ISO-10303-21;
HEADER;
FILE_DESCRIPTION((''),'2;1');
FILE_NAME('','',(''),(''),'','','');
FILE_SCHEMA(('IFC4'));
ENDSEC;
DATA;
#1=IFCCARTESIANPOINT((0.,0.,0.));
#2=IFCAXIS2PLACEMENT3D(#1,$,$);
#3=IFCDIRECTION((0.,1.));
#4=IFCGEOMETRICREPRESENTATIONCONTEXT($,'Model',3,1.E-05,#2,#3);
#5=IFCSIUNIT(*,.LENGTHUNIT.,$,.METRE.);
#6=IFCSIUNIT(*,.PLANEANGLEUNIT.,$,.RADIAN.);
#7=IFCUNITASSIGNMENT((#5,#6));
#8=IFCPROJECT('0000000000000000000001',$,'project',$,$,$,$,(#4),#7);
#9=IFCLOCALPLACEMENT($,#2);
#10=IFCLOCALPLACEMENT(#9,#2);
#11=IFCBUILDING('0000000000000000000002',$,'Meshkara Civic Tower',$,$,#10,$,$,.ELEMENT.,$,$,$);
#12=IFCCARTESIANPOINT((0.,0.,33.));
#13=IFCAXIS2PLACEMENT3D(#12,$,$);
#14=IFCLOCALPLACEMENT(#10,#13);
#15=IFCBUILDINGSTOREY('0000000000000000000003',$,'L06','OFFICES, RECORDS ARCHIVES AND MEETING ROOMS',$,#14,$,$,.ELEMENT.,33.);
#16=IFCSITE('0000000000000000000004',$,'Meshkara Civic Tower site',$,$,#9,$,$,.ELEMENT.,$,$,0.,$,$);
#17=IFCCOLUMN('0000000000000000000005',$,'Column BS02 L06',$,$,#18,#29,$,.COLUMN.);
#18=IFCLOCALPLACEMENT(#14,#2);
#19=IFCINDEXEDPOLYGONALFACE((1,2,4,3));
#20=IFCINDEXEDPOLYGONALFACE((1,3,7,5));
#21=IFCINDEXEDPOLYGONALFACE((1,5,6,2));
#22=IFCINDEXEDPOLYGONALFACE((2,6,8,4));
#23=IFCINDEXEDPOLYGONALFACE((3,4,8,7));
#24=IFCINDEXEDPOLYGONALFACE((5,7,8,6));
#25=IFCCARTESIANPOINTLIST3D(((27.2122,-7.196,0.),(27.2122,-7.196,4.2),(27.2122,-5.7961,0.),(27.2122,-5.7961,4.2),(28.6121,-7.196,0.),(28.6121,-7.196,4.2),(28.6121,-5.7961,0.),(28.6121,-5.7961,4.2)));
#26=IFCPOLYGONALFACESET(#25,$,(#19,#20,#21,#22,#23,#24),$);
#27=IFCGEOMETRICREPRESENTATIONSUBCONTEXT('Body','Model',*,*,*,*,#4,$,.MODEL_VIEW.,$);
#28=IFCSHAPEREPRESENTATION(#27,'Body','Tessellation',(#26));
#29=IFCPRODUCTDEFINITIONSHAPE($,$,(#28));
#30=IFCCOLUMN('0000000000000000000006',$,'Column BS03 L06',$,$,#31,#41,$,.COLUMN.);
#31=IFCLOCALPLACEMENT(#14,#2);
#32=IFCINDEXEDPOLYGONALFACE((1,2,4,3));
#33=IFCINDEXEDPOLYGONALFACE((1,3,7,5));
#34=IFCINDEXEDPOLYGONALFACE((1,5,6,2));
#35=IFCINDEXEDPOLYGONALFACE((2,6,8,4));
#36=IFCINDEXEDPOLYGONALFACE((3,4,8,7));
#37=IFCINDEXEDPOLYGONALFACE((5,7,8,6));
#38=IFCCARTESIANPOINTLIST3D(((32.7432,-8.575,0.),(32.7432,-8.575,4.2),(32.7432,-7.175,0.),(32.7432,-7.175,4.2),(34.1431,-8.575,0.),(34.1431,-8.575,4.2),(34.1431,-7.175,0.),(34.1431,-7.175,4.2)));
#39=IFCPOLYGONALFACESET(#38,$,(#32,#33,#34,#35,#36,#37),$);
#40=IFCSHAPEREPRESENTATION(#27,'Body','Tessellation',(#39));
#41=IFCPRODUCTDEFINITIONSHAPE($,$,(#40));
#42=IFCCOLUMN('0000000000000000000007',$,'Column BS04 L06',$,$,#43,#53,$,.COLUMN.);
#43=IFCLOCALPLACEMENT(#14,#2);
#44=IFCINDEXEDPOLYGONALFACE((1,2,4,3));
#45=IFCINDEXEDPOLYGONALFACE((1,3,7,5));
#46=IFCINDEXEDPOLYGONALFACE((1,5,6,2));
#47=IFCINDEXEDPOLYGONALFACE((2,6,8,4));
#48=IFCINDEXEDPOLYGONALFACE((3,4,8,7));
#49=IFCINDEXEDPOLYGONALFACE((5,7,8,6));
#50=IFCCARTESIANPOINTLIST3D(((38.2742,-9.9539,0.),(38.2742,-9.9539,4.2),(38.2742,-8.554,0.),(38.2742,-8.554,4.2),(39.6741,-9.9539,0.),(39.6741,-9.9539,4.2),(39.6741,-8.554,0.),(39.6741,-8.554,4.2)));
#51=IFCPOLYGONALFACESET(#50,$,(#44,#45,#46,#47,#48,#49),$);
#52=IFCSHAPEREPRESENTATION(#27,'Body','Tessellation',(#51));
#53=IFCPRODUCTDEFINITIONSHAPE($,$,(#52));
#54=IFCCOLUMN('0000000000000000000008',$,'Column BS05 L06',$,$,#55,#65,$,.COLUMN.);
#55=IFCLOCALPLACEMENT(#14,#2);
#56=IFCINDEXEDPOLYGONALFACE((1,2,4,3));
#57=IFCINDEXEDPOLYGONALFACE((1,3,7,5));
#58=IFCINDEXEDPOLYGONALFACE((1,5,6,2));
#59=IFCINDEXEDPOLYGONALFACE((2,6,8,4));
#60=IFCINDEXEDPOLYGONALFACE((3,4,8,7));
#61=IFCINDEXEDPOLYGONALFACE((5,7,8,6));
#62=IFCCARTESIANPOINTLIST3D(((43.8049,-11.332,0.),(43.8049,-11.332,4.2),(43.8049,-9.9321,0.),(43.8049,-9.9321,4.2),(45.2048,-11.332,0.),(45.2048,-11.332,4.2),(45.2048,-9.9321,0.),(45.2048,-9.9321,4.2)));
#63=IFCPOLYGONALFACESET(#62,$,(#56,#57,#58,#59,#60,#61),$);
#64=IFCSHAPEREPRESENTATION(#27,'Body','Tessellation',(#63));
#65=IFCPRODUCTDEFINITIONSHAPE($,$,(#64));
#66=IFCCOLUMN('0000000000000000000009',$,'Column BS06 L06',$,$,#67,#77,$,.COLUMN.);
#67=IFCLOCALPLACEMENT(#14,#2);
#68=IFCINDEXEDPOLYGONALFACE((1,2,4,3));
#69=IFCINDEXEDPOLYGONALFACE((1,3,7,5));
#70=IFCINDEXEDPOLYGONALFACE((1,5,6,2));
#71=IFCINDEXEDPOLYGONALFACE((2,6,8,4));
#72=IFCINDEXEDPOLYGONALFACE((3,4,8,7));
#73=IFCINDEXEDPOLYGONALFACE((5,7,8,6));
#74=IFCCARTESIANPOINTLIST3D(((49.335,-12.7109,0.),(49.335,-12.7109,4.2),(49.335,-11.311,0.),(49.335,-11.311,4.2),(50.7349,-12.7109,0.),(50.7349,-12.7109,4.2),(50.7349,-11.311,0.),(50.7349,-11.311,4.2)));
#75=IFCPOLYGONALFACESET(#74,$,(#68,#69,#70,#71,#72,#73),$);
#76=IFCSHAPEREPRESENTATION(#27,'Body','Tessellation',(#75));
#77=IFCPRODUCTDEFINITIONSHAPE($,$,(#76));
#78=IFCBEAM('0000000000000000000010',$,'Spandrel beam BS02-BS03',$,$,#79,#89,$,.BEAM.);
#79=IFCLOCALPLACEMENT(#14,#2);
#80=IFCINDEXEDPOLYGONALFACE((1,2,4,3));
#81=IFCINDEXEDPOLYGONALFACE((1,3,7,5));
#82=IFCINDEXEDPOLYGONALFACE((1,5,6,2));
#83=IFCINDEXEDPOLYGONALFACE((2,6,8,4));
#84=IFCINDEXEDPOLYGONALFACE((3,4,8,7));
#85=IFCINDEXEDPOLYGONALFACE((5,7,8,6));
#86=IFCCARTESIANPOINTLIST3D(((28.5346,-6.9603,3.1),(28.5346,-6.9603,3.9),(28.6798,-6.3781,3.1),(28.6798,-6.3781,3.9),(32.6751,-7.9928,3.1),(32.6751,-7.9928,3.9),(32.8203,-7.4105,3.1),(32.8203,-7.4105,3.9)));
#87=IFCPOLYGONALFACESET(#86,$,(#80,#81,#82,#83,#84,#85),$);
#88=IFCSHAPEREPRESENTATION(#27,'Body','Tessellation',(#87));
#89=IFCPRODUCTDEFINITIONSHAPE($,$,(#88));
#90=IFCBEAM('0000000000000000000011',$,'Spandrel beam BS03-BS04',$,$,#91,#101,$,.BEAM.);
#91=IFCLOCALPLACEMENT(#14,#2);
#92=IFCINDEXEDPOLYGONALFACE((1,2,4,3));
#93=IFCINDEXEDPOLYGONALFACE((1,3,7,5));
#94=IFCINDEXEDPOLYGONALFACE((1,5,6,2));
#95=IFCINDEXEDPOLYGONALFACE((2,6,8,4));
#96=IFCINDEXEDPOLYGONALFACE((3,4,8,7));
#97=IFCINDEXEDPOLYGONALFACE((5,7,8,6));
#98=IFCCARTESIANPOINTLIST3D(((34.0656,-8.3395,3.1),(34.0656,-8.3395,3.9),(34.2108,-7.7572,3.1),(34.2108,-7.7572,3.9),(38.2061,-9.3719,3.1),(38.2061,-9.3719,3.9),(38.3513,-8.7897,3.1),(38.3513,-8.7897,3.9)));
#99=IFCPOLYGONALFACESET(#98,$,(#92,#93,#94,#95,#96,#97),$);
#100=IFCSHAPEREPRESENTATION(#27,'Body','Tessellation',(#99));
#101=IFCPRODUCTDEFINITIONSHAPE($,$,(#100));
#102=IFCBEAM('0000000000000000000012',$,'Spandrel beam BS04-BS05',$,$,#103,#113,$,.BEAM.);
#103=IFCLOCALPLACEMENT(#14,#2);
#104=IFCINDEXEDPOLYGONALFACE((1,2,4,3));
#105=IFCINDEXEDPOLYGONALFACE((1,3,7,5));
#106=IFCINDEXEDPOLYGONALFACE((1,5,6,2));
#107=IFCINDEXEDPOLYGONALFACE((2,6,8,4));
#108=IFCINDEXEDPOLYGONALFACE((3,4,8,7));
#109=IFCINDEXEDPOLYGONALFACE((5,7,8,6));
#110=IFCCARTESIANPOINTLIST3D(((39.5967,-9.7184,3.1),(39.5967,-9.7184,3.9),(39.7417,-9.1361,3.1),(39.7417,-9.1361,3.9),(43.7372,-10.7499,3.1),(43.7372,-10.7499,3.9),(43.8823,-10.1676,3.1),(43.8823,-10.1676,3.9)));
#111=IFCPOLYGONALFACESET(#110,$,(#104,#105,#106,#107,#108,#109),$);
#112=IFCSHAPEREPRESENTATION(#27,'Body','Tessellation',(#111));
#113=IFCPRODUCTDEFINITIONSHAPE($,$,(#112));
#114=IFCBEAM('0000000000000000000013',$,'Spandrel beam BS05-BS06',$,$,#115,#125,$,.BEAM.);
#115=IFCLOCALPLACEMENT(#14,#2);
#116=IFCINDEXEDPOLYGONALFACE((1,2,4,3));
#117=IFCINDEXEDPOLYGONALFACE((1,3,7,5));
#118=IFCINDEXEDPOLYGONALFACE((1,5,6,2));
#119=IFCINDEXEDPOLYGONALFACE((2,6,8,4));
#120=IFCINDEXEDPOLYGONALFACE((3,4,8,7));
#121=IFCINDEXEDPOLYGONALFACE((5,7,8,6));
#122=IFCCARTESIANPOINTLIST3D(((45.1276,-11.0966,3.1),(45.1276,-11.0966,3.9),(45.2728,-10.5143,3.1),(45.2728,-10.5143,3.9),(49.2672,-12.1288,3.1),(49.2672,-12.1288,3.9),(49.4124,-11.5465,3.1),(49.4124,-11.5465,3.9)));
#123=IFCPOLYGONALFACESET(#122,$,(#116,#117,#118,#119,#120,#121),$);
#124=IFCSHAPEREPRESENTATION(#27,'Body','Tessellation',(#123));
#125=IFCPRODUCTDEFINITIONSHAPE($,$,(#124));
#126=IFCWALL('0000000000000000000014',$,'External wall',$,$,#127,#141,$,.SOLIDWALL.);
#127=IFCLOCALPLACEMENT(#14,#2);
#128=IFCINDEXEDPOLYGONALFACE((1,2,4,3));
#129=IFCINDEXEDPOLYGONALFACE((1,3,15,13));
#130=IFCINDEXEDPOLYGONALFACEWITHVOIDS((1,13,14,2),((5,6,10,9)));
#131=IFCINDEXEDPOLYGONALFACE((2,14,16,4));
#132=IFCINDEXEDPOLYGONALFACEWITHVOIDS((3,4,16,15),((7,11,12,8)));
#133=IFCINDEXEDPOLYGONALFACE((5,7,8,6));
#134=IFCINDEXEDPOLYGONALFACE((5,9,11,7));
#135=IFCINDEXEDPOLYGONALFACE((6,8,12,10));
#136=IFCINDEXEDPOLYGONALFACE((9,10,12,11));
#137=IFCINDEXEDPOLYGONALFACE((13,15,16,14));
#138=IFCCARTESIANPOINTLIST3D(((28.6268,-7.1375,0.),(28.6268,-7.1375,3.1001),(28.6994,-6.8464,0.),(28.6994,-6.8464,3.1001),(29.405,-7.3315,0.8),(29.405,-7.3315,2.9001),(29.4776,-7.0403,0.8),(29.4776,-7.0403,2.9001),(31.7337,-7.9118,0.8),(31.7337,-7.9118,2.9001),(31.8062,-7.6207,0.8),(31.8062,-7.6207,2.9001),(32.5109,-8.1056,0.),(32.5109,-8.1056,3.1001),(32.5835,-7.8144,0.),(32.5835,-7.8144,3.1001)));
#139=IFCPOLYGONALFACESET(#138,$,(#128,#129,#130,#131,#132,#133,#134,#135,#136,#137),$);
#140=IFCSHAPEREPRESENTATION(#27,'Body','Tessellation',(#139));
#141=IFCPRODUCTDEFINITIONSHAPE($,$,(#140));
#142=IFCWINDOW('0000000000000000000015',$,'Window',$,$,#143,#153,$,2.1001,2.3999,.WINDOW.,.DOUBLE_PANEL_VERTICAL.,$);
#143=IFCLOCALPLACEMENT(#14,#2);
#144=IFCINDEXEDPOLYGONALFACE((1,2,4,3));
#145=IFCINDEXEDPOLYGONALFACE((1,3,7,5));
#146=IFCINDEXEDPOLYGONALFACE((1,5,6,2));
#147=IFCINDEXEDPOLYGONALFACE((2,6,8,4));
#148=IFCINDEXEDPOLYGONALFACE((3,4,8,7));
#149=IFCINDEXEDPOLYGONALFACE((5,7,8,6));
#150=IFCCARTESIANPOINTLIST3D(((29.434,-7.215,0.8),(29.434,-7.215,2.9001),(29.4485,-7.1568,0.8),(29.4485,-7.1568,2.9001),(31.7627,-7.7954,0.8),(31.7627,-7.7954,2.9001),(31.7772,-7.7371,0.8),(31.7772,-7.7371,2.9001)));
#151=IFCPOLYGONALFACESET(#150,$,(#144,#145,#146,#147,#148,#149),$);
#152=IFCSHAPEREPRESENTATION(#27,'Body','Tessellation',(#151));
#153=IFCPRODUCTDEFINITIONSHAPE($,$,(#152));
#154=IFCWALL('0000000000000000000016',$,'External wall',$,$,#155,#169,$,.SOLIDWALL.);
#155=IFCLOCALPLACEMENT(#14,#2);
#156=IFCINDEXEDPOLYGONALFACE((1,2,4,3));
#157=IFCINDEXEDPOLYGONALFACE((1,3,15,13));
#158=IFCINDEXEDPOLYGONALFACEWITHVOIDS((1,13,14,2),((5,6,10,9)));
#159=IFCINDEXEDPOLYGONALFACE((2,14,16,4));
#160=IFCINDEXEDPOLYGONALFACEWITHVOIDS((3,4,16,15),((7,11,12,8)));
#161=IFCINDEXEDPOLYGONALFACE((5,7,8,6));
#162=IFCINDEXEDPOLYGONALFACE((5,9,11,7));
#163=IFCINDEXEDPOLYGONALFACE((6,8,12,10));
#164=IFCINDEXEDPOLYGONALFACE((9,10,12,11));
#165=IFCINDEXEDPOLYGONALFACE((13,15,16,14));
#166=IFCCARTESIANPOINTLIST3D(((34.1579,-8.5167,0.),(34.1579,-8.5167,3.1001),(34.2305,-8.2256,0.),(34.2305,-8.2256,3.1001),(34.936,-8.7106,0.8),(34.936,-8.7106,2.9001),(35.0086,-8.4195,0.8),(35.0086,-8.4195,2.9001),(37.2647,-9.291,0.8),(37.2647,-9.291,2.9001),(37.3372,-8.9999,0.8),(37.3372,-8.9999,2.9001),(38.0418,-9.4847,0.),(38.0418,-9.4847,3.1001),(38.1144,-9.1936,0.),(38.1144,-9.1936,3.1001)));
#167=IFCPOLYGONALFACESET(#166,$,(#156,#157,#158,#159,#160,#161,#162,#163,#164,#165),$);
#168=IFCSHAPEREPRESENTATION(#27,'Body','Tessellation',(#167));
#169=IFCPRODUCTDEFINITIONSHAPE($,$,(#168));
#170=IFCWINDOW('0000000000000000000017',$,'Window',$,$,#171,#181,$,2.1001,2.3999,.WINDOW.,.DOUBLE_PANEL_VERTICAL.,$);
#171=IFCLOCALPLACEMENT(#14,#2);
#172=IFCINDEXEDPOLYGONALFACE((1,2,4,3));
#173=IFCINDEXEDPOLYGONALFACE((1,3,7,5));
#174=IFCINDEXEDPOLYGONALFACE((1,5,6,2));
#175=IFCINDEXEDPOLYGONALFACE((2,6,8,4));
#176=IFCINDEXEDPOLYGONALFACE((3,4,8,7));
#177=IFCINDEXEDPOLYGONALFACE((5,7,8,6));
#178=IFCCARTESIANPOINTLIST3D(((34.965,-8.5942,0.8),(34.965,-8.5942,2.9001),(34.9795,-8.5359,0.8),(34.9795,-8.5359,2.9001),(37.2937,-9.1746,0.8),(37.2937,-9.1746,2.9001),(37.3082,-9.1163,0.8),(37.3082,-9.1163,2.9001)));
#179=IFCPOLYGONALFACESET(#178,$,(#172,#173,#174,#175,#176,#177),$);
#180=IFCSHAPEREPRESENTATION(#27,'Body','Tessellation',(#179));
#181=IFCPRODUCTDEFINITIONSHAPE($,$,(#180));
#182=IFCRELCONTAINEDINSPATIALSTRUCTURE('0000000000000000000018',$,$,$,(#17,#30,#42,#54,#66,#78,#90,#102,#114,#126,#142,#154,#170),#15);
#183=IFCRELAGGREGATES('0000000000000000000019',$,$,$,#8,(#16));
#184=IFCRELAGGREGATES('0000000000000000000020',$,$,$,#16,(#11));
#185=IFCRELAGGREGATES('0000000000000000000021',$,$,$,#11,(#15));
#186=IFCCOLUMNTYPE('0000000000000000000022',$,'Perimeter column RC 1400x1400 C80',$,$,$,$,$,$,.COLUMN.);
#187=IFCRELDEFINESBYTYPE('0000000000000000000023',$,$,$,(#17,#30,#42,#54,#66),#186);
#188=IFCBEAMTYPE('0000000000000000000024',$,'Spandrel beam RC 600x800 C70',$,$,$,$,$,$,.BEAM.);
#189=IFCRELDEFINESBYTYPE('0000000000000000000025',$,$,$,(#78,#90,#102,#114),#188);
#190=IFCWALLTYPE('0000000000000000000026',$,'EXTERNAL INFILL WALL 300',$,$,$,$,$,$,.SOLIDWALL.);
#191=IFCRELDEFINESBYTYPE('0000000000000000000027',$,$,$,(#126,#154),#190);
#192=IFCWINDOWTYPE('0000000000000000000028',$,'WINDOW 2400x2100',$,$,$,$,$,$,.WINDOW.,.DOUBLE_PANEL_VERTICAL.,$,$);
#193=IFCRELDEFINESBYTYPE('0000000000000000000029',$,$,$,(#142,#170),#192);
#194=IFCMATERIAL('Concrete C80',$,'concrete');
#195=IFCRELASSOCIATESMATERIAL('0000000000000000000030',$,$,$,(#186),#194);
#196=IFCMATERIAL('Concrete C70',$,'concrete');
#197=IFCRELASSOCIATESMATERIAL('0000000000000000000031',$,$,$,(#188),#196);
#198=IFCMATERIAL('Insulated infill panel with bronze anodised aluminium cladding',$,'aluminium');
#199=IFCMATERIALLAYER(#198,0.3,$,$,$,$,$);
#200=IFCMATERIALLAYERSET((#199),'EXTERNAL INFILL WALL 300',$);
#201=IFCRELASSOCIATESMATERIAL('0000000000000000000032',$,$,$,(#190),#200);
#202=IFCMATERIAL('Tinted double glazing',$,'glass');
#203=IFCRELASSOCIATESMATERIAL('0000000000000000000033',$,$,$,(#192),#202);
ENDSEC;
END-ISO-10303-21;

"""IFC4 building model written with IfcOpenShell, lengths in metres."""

from ifc_helpers import new_model, si_unit, direction, frame, frame_2d, origin, origin_2d, place, context, subcontext, project, spatial, rectangle, extrude, material, layer, layer_set, material_profile, profile_set, type_object, element, fill, save


model = new_model("IFC4")

# Units and contexts
model_context = context("Model", 3, precision=1e-05, world=origin(), true_north=direction((0.0, 1.0)))
body_context = subcontext(model_context, "Body", "Model", "MODEL_VIEW")
ifc_project = project(units=[si_unit("LENGTHUNIT", "METRE"), si_unit("PLANEANGLEUNIT", "RADIAN")], contexts=[model_context])

# Site, building, storey
site_placement = place(None, origin())
site = spatial("IfcSite", under=ifc_project, at=site_placement, Name="Meshkara Civic Tower site", CompositionType="ELEMENT", RefElevation=0.0)
building_placement = place(site_placement, origin())
building = spatial("IfcBuilding", under=site, at=building_placement, Name="Meshkara Civic Tower", CompositionType="ELEMENT")
storey_placement = place(building_placement, frame((0.0, 0.0, 33.0)))
storey = spatial("IfcBuildingStorey", under=building, at=storey_placement, Name="L06", Description="OFFICES, RECORDS ARCHIVES AND MEETING ROOMS", CompositionType="ELEMENT", Elevation=33.0)

# Columns
ifc_material_1 = material(Name="Concrete C80", Category="concrete")
ifc_material_profile_1 = material_profile(ifc_material_1, rectangle(XDim=1.3999, YDim=1.3999, at=origin_2d()))
ifc_profile_set_1 = profile_set([ifc_material_profile_1], Name="Concrete C80")
column_type = type_object("IfcColumnType", Name="Perimeter column RC 1400x1400 C80", PredefinedType="COLUMN", material=ifc_profile_set_1)
for number, where, z_axis, x_axis, name in (
    (1, (27.9121, -6.4961, 0.0), (0.0, 0.0, 1.0), (1.0, 0.0, 0.0), "Column BS02 L06"),
    (2, (33.4431, -7.875, 0.0), (0.0, 0.0, 1.0), (1.0, 0.0, 0.0), "Column BS03 L06"),
    (3, (38.9741, -9.2539, 0.0), (0.0, 0.0, 1.0), (1.0, 0.0, 0.0), "Column BS04 L06"),
    (4, (44.5049, -10.6321, 0.0), (0.0, 0.0, 1.0), (1.0, 0.0, 0.0), "Column BS05 L06"),
    (5, (50.0349, -12.011, 0.0), (0.0, 0.0, 1.0), (1.0, 0.0, 0.0), "Column BS06 L06"),
):
    element("IfcColumn", number, at=place(storey_placement, frame(where, z_axis=z_axis, x_axis=x_axis)), inside=storey, type_object=column_type, Name=name, PredefinedType="COLUMN", context=body_context, shape_type="SweptSolid", body=[
        extrude(rectangle(XDim=1.3999, YDim=1.3999, at=origin_2d()), origin(), (0.0, 0.0, 1.0), 4.2),
    ])

# Beams
ifc_material_2 = material(Name="Concrete C70", Category="concrete")
ifc_material_profile_2 = material_profile(ifc_material_2, rectangle(XDim=0.6001, YDim=0.8, at=origin_2d()))
ifc_profile_set_2 = profile_set([ifc_material_profile_2], Name="Concrete C70")
beam_type = type_object("IfcBeamType", Name="Spandrel beam RC 600x800 C70", PredefinedType="BEAM", material=ifc_profile_set_2)
for number, where, z_axis, x_axis, name in (
    (6, (28.6072, -6.6692, 3.5), (0.97029, -0.241943, 0.0), (0.241943, 0.97029, 0.0), "Spandrel beam BS02-BS03"),
    (7, (34.1382, -8.0483, 3.5), (0.97029, -0.241943, 0.0), (0.241943, 0.97029, 0.0), "Spandrel beam BS03-BS04"),
):
    element("IfcBeam", number, at=place(storey_placement, frame(where, z_axis=z_axis, x_axis=x_axis)), inside=storey, type_object=beam_type, Name=name, PredefinedType="BEAM", context=body_context, shape_type="SweptSolid", body=[
        extrude(rectangle(XDim=0.6001, YDim=0.8, at=origin_2d()), origin(), (0.0, 0.0, 1.0), 4.2673),
    ])
beam_1_placement = place(storey_placement, frame((39.6692, -9.4272, 3.5), z_axis=(0.970344, -0.241728, 0.0), x_axis=(0.241728, 0.970344, 0.0)))
element("IfcBeam", 8, at=beam_1_placement, inside=storey, type_object=beam_type, Name="Spandrel beam BS04-BS05", PredefinedType="BEAM", context=body_context, shape_type="SweptSolid", body=[
    extrude(rectangle(XDim=0.6001, YDim=0.8, at=origin_2d()), origin(), (0.0, 0.0, 1.0), 4.2671),
])
beam_2_placement = place(storey_placement, frame((45.2002, -10.8054, 3.5), z_axis=(0.97029, -0.241943, 0.0), x_axis=(0.241943, 0.97029, 0.0)))
element("IfcBeam", 9, at=beam_2_placement, inside=storey, type_object=beam_type, Name="Spandrel beam BS05-BS06", PredefinedType="BEAM", context=body_context, shape_type="SweptSolid", body=[
    extrude(rectangle(XDim=0.6001, YDim=0.8, at=origin_2d()), origin(), (0.0, 0.0, 1.0), 4.2664),
])

# Walls, openings, windows
ifc_material_3 = material(Name="Insulated infill panel with bronze anodised aluminium cladding", Category="aluminium")
ifc_layer_1 = layer(ifc_material_3, 0.3)
ifc_layer_set_1 = layer_set([ifc_layer_1], Name="EXTERNAL INFILL WALL 300")
wall_type_1 = type_object("IfcWallType", Name="EXTERNAL INFILL WALL 300", PredefinedType="SOLIDWALL", material=ifc_layer_set_1)
wall_1_placement = place(storey_placement, frame((28.6631, -6.9919, 0.0), z_axis=(0.0, 0.0, 1.0), x_axis=(0.970318, -0.241832, 0.0)))
wall_1 = element("IfcWall", 10, at=wall_1_placement, inside=storey, type_object=wall_type_1, Name="External wall", PredefinedType="SOLIDWALL", context=body_context, shape_type="SweptSolid", body=[
    extrude(rectangle(XDim=4.0029, YDim=0.3, at=frame_2d((2.0015, 0.0))), origin(), (0.0, 0.0, 1.0), 3.1001),
])
opening_1_placement = place(wall_1_placement, frame((0.802, 0.0, 0.8)))
opening_1 = element("IfcOpeningElement", 11, at=opening_1_placement, cuts=wall_1, PredefinedType="OPENING", context=body_context, shape_type="SweptSolid", body=[
    extrude(rectangle(XDim=2.3999, YDim=2.1001, at=frame_2d((1.2, 1.05))), frame((0.0, 0.1599, 0.0), z_axis=(0.0, -1.0, 0.0), x_axis=(1.0, 0.0, 0.0)), (0.0, 0.0, 1.0), 0.3201),
])
ifc_material_4 = material(Name="Tinted double glazing", Category="glass")
window_type = type_object("IfcWindowType", Name="WINDOW 2400x2100", PartitioningType="DOUBLE_PANEL_VERTICAL", PredefinedType="WINDOW", material=ifc_material_4)
window_1_placement = place(opening_1_placement, origin())
window_1 = element("IfcWindow", 12, at=window_1_placement, inside=storey, type_object=window_type, Name="Window", OverallHeight=2.1001, OverallWidth=2.3999, PartitioningType="DOUBLE_PANEL_VERTICAL", PredefinedType="WINDOW", context=body_context, shape_type="SweptSolid", body=[
    extrude(rectangle(XDim=2.3999, YDim=2.1001, at=frame_2d((1.2, 1.05))), frame((0.0, 0.03, 0.0), z_axis=(0.0, -1.0, 0.0), x_axis=(1.0, 0.0, 0.0)), (0.0, 0.0, 1.0), 0.0601),
])
fill(opening_1, window_1)
wall_2_placement = place(storey_placement, frame((34.1941, -8.3711, 0.0), z_axis=(0.0, 0.0, 1.0), x_axis=(0.970314, -0.241847, 0.0)))
wall_2 = element("IfcWall", 13, at=wall_2_placement, inside=storey, type_object=wall_type_1, Name="External wall", PredefinedType="SOLIDWALL", context=body_context, shape_type="SweptSolid", body=[
    extrude(rectangle(XDim=4.0027, YDim=0.3, at=frame_2d((2.0015, 0.0))), origin(), (0.0, 0.0, 1.0), 3.1001),
])
opening_2_placement = place(wall_2_placement, frame((0.802, 0.0, 0.8)))
opening_2 = element("IfcOpeningElement", 14, at=opening_2_placement, cuts=wall_2, PredefinedType="OPENING", context=body_context, shape_type="SweptSolid", body=[
    extrude(rectangle(XDim=2.3999, YDim=2.1001, at=frame_2d((1.2, 1.05))), frame((0.0, 0.1599, 0.0), z_axis=(0.0, -1.0, 0.0), x_axis=(1.0, 0.0, 0.0)), (0.0, 0.0, 1.0), 0.3201),
])
window_2_placement = place(opening_2_placement, origin())
window_2 = element("IfcWindow", 15, at=window_2_placement, inside=storey, type_object=window_type, Name="Window", OverallHeight=2.1001, OverallWidth=2.3999, PartitioningType="DOUBLE_PANEL_VERTICAL", PredefinedType="WINDOW", context=body_context, shape_type="SweptSolid", body=[
    extrude(rectangle(XDim=2.3999, YDim=2.1001, at=frame_2d((1.2, 1.05))), frame((0.0, 0.03, 0.0), z_axis=(0.0, -1.0, 0.0), x_axis=(1.0, 0.0, 0.0)), (0.0, 0.0, 1.0), 0.0601),
])
fill(opening_2, window_2)

save(model, "model.ifc")
